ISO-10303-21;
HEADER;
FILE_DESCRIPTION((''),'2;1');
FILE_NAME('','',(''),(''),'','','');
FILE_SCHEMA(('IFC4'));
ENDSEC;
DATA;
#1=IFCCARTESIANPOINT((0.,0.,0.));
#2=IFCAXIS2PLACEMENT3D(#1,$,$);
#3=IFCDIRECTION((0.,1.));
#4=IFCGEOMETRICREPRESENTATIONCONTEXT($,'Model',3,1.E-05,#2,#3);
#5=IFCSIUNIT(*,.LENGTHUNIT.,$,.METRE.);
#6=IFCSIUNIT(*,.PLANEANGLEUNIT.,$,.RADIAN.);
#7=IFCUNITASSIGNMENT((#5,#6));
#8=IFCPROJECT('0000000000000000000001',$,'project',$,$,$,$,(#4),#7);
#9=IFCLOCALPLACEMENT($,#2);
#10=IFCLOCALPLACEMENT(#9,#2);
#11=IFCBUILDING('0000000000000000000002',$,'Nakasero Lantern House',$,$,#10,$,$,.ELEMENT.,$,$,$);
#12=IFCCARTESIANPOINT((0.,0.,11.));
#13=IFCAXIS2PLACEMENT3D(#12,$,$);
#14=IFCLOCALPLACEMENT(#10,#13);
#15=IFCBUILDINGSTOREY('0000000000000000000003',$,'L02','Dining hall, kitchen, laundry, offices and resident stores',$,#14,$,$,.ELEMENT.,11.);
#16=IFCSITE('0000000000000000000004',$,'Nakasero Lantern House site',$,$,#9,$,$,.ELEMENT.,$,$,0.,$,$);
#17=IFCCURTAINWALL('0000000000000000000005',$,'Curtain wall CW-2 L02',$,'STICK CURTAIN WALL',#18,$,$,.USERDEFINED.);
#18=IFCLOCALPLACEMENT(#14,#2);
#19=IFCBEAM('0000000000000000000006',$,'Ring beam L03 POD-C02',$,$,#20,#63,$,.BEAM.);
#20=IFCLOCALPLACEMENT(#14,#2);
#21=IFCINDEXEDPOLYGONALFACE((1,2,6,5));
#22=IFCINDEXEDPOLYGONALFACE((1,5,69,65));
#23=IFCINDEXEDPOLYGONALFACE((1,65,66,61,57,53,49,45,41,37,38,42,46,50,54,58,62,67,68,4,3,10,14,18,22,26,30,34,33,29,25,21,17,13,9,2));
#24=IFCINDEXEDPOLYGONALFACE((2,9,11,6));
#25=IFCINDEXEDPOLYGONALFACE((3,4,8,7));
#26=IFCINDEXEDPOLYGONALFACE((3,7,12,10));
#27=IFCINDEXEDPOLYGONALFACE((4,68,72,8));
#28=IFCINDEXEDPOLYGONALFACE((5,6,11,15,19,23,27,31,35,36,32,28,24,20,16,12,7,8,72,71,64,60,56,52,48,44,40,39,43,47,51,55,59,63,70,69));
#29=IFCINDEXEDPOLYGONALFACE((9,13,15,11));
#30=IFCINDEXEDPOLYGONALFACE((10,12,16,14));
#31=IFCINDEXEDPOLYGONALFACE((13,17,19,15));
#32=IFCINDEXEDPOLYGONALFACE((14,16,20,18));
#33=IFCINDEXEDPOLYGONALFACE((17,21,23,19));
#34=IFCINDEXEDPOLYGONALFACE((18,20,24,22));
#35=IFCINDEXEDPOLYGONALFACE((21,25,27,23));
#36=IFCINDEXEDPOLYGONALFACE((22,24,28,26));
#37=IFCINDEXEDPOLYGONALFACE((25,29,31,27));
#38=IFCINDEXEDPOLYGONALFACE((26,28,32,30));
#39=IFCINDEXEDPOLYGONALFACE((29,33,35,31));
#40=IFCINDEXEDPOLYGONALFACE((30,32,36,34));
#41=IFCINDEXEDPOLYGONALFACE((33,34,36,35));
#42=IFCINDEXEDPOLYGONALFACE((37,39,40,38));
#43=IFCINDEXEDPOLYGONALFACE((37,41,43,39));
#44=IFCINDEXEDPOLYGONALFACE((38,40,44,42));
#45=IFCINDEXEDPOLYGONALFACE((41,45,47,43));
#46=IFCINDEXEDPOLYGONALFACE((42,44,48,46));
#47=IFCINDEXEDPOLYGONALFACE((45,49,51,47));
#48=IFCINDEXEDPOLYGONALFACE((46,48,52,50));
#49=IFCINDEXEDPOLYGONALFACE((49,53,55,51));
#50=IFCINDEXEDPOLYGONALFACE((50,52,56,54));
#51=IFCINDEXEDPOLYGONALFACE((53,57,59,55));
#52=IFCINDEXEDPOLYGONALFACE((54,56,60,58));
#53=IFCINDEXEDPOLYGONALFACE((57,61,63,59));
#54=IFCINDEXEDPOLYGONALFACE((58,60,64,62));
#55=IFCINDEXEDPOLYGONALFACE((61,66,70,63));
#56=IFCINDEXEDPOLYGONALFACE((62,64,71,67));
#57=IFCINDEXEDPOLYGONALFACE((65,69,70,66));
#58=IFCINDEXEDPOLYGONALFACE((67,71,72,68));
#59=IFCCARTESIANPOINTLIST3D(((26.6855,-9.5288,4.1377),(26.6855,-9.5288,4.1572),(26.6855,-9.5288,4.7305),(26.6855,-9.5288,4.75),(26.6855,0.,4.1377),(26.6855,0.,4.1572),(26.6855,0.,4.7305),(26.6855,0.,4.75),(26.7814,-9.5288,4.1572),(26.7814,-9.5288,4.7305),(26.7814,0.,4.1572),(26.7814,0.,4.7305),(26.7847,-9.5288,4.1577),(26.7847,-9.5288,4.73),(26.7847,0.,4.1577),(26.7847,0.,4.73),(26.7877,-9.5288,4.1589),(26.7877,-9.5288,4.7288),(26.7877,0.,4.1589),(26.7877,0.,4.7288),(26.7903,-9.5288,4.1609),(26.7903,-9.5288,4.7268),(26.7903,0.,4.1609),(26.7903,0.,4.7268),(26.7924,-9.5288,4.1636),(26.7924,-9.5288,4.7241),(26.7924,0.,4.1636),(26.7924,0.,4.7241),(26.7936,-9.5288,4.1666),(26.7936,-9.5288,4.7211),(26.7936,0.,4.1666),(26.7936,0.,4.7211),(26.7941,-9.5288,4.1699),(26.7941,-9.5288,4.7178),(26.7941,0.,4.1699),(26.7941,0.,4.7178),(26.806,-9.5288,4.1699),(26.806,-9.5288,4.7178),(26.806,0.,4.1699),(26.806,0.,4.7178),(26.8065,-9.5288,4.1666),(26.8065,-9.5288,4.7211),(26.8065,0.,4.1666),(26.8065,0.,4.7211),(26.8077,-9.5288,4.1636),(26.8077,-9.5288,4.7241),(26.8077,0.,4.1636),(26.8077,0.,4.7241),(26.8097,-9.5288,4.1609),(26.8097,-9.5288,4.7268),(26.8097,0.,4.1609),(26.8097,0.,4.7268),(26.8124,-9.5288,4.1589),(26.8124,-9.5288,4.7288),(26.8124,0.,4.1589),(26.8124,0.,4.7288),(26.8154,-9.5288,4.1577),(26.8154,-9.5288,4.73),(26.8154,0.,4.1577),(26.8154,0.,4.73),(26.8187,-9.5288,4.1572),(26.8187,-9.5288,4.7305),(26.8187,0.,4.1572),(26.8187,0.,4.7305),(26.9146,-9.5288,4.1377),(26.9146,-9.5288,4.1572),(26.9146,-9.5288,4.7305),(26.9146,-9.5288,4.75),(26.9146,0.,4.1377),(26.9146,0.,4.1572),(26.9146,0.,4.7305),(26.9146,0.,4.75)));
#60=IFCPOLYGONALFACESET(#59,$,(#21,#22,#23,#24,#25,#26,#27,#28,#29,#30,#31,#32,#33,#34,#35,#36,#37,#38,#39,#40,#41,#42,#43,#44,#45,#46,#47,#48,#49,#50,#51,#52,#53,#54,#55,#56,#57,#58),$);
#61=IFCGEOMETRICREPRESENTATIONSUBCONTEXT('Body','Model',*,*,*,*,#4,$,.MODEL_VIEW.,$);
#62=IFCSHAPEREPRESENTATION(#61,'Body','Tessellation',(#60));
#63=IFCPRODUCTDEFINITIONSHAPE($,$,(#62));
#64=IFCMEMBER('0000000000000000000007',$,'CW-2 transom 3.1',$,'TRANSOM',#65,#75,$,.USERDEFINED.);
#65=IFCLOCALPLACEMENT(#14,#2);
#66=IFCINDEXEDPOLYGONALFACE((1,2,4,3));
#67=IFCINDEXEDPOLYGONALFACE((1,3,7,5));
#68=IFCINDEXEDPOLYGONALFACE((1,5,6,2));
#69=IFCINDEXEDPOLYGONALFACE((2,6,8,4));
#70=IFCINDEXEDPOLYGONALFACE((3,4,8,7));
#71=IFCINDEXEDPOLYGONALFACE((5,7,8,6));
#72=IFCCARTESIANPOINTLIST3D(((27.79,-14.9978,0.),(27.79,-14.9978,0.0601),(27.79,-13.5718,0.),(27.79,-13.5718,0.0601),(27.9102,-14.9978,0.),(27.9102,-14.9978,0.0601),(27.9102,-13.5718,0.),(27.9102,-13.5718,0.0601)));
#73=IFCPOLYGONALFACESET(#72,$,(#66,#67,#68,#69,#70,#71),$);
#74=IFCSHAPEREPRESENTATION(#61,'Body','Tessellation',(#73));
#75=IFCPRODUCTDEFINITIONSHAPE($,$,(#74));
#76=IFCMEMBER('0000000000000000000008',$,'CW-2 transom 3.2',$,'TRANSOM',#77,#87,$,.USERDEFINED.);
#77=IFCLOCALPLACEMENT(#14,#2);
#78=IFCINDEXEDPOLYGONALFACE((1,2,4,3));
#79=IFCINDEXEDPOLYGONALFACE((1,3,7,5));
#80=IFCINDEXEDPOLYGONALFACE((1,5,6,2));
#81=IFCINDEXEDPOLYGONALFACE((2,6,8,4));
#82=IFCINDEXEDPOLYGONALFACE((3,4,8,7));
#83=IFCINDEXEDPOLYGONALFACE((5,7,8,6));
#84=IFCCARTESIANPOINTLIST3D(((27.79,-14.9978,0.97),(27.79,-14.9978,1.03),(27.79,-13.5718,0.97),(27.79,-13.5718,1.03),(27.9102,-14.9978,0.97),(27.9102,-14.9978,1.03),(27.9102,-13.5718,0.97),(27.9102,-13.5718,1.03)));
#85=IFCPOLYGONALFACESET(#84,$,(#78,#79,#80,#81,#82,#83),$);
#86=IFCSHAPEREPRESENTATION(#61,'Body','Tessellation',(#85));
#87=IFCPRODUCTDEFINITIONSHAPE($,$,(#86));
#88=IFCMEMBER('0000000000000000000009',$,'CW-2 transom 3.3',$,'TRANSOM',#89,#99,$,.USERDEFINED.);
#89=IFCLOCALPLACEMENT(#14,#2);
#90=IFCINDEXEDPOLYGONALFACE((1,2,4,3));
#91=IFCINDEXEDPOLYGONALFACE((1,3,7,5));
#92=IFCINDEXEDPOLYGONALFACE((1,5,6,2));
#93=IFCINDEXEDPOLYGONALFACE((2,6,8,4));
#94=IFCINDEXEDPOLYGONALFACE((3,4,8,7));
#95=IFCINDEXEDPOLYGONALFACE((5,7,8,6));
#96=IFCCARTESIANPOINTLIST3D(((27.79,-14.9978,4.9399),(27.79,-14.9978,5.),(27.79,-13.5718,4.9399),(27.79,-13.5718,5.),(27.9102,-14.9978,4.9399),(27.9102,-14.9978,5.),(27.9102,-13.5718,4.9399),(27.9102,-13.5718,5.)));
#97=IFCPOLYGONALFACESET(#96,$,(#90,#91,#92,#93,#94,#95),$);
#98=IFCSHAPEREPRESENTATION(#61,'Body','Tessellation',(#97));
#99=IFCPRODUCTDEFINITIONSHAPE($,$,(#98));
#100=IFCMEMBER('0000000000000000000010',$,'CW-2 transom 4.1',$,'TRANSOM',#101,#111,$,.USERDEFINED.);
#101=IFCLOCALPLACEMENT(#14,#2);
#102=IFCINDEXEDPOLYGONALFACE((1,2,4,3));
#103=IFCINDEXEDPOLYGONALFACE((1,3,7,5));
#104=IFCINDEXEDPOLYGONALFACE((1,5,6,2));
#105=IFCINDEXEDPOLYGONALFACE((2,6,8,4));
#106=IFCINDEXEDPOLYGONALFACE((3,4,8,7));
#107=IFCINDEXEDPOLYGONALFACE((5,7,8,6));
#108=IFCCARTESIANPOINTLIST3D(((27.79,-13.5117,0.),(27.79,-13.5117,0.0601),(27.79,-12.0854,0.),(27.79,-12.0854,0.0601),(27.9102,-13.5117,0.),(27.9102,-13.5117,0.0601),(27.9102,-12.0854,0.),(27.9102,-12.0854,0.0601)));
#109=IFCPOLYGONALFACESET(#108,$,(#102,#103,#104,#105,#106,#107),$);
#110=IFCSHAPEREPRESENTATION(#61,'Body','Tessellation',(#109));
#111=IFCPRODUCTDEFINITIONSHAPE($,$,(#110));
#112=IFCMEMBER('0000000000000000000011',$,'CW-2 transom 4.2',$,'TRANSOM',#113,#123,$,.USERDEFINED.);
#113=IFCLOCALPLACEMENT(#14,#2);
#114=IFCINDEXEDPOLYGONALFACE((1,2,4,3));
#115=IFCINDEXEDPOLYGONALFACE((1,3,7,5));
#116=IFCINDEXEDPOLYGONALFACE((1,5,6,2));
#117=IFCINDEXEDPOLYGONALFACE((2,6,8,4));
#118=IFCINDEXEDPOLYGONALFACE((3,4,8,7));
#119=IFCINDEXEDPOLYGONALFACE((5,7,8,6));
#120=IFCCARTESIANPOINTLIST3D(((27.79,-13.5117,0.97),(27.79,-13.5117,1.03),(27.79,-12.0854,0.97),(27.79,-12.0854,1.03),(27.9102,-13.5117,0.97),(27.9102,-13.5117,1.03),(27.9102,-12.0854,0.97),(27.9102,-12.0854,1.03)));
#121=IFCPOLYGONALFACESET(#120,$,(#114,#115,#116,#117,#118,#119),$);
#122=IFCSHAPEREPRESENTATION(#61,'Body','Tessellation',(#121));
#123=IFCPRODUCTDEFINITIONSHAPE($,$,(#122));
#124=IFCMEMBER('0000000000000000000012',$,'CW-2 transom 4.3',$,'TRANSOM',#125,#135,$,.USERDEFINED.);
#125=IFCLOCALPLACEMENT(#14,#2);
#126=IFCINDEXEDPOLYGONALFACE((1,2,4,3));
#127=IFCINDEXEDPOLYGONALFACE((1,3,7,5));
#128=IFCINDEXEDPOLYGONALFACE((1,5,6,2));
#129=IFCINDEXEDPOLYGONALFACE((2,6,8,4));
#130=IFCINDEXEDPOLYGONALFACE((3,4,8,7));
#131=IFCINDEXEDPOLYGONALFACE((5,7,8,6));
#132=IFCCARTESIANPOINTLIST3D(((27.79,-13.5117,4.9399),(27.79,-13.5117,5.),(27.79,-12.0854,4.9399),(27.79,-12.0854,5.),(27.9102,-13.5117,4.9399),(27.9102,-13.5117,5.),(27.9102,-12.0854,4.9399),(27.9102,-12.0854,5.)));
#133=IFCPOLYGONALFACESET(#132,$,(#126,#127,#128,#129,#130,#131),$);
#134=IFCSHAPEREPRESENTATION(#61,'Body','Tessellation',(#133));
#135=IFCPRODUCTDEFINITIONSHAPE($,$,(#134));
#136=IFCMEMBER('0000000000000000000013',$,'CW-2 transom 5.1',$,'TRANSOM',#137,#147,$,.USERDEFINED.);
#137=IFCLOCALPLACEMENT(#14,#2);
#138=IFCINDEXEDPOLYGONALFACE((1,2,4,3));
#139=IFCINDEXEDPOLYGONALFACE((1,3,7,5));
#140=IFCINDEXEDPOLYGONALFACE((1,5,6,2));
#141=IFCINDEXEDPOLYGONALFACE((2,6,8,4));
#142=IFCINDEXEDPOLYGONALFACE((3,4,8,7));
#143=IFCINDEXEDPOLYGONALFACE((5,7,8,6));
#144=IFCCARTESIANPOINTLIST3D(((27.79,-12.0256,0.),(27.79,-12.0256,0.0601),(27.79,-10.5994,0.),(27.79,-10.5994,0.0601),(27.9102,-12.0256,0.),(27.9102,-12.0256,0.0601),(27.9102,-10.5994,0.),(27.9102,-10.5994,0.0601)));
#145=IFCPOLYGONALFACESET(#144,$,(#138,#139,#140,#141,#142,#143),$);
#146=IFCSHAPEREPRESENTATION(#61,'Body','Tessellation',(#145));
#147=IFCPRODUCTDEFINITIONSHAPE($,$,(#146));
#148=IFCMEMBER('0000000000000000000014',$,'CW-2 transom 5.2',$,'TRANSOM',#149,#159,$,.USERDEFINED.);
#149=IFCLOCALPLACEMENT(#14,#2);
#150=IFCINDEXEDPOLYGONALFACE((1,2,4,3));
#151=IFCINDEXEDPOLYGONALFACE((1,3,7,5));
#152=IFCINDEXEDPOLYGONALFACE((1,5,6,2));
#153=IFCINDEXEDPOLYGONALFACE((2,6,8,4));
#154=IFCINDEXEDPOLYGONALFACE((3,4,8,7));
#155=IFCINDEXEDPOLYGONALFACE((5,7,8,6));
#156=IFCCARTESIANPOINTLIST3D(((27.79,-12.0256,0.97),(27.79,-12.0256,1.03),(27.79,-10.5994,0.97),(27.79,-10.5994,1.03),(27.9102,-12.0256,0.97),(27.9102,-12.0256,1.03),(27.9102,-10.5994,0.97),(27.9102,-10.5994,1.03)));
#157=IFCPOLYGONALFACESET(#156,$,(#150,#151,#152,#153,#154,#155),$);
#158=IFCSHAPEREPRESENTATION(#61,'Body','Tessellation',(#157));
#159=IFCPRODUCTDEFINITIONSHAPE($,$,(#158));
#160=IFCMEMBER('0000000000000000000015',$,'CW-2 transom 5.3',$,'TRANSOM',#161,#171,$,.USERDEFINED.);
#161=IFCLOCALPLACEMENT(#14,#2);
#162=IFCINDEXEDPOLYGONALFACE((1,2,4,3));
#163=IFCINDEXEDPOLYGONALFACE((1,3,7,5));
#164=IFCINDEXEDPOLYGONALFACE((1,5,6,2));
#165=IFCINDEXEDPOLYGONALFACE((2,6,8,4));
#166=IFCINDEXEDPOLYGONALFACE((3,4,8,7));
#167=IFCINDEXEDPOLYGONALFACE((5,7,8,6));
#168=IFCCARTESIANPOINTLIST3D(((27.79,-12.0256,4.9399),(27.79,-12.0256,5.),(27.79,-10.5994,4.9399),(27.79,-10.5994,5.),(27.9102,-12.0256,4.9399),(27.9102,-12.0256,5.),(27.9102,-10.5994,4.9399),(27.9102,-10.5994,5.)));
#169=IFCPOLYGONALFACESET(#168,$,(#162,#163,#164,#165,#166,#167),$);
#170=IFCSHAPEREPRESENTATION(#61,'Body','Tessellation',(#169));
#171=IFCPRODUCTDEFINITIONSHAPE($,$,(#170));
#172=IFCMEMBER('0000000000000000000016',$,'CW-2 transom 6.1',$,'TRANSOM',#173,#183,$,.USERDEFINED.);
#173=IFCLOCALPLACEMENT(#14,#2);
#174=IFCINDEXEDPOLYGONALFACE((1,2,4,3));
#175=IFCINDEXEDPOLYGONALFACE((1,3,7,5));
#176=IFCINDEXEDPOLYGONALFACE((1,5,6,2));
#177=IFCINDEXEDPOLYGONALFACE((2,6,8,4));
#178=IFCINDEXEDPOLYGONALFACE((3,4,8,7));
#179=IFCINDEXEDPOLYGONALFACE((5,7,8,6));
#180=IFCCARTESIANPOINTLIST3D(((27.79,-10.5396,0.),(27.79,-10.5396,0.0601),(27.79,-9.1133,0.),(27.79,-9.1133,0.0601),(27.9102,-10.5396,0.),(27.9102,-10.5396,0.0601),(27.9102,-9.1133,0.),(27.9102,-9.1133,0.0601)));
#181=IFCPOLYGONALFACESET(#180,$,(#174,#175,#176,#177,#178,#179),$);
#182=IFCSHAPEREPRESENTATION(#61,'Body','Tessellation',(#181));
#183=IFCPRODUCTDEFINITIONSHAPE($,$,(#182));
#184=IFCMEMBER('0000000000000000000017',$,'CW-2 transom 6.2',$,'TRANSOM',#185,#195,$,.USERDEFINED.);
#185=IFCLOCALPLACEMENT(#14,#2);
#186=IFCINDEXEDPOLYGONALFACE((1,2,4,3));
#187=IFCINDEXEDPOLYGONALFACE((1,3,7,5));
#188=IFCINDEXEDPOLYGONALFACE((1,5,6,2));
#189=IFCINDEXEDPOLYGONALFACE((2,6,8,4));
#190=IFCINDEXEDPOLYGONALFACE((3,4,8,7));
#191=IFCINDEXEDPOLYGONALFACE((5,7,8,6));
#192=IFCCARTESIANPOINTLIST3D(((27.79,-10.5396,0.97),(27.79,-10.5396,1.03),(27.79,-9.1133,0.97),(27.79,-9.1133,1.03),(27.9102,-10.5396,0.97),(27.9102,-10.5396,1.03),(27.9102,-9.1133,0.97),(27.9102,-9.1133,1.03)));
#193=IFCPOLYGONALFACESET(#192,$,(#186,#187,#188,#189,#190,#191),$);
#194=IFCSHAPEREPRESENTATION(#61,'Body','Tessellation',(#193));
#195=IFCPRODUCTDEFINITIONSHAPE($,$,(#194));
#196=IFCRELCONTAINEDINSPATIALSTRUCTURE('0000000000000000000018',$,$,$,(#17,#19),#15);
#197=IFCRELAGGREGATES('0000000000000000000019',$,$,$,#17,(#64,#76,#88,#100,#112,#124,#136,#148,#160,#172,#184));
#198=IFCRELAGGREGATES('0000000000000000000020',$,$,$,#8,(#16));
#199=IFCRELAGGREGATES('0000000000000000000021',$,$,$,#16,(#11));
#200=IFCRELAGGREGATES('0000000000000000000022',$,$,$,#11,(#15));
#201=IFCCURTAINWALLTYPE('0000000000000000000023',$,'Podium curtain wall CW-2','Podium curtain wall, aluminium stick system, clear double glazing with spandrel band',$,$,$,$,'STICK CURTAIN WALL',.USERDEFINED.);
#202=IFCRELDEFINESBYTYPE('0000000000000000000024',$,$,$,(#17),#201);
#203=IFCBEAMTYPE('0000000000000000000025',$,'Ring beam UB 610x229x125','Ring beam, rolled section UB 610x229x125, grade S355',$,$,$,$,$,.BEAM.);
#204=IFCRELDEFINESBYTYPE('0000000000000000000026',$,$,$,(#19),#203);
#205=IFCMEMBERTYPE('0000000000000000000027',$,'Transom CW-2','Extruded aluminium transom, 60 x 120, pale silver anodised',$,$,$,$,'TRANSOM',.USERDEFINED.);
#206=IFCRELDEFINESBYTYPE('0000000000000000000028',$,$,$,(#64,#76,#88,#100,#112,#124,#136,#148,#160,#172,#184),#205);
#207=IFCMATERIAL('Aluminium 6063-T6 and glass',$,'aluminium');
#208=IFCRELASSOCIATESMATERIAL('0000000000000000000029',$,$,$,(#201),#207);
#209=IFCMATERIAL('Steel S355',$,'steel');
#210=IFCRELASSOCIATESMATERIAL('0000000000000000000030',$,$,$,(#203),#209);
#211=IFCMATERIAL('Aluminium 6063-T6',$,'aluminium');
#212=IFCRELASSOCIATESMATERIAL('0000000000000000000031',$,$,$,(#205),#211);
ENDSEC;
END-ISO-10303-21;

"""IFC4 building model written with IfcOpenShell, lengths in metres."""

from ifc_helpers import new_model, si_unit, direction, frame, origin, origin_2d, place, context, subcontext, project, spatial, rectangle, i_section, extrude, material, material_profile, profile_set, type_object, element, aggregate, save


model = new_model("IFC4")

# Units and contexts
model_context = context("Model", 3, precision=1e-05, world=origin(), true_north=direction((0.0, 1.0)))
body_context = subcontext(model_context, "Body", "Model", "MODEL_VIEW")
ifc_project = project(units=[si_unit("LENGTHUNIT", "METRE"), si_unit("PLANEANGLEUNIT", "RADIAN")], contexts=[model_context])

# Site, building, storey
site_placement = place(None, origin())
site = spatial("IfcSite", under=ifc_project, at=site_placement, Name="Nakasero Lantern House site", CompositionType="ELEMENT", RefElevation=0.0)
building_placement = place(site_placement, origin())
building = spatial("IfcBuilding", under=site, at=building_placement, Name="Nakasero Lantern House", CompositionType="ELEMENT")
storey_placement = place(building_placement, frame((0.0, 0.0, 11.0)))
storey = spatial("IfcBuildingStorey", under=building, at=storey_placement, Name="L02", Description="Dining hall, kitchen, laundry, offices and resident stores", CompositionType="ELEMENT", Elevation=11.0)

# Curtain wall
ifc_material_1 = material(Name="Aluminium 6063-T6 and glass", Category="aluminium")
curtain_wall_type = type_object("IfcCurtainWallType", Name="Podium curtain wall CW-2", Description="Podium curtain wall, aluminium stick system, clear double glazing with spandrel band", ElementType="STICK CURTAIN WALL", PredefinedType="USERDEFINED", material=ifc_material_1)
curtain_wall_placement = place(storey_placement, origin())
curtain_wall = element("IfcCurtainWall", 1, at=curtain_wall_placement, inside=storey, type_object=curtain_wall_type, Name="Curtain wall CW-2 L02", ObjectType="STICK CURTAIN WALL", PredefinedType="USERDEFINED")

# Beam
ifc_material_2 = material(Name="Steel S355", Category="steel")
ifc_material_profile_1 = material_profile(ifc_material_2, i_section(OverallWidth=0.229, OverallDepth=0.6123, WebThickness=0.012, FlangeThickness=0.0195, FilletRadius=0.0127, at=origin_2d()), Name="UB 610x229x125")
ifc_profile_set_1 = profile_set([ifc_material_profile_1], Name="Steel S355")
beam_type_1 = type_object("IfcBeamType", Name="Ring beam UB 610x229x125", Description="Ring beam, rolled section UB 610x229x125, grade S355", PredefinedType="BEAM", material=ifc_profile_set_1)
beam_1_placement = place(storey_placement, frame((26.8, -9.5288, 4.4438), z_axis=(0.0, 1.0, 0.0), x_axis=(-1.0, 0.0, 0.0)))
element("IfcBeam", 2, at=beam_1_placement, inside=storey, type_object=beam_type_1, Name="Ring beam L03 POD-C02", PredefinedType="BEAM", context=body_context, shape_type="SweptSolid", body=[
    extrude(i_section(OverallWidth=0.229, OverallDepth=0.6123, WebThickness=0.012, FlangeThickness=0.0195, FilletRadius=0.0127, at=origin_2d()), origin(), (0.0, 0.0, 1.0), 9.5288),
])

# Members
ifc_material_3 = material(Name="Aluminium 6063-T6", Category="aluminium")
ifc_material_profile_2 = material_profile(ifc_material_3, rectangle(XDim=0.0601, YDim=0.1201, at=origin_2d()), Name="CW-2 transom 60x120")
ifc_profile_set_2 = profile_set([ifc_material_profile_2], Name="Aluminium 6063-T6")
member_type_1 = type_object("IfcMemberType", Name="Transom CW-2", Description="Extruded aluminium transom, 60 x 120, pale silver anodised", ElementType="TRANSOM", PredefinedType="USERDEFINED", material=ifc_profile_set_2)
member_1_placement = place(storey_placement, frame((27.8501, -14.9978, 0.03), z_axis=(0.0, 1.0, 0.0), x_axis=(0.0, 0.0, 1.0)))
member_1 = element("IfcMember", 3, at=member_1_placement, type_object=member_type_1, Name="CW-2 transom 3.1", ObjectType="TRANSOM", PredefinedType="USERDEFINED", context=body_context, shape_type="SweptSolid", body=[
    extrude(rectangle(XDim=0.0601, YDim=0.1201, at=origin_2d()), origin(), (0.0, 0.0, 1.0), 1.426),
])
member_2_placement = place(storey_placement, frame((27.8501, -14.9978, 1.0), z_axis=(0.0, 1.0, 0.0), x_axis=(0.0, 0.0, 1.0)))
member_2 = element("IfcMember", 4, at=member_2_placement, type_object=member_type_1, Name="CW-2 transom 3.2", ObjectType="TRANSOM", PredefinedType="USERDEFINED", context=body_context, shape_type="SweptSolid", body=[
    extrude(rectangle(XDim=0.0601, YDim=0.1201, at=origin_2d()), origin(), (0.0, 0.0, 1.0), 1.426),
])
member_3_placement = place(storey_placement, frame((27.8501, -14.9978, 4.97), z_axis=(0.0, 1.0, 0.0), x_axis=(0.0, 0.0, 1.0)))
member_3 = element("IfcMember", 5, at=member_3_placement, type_object=member_type_1, Name="CW-2 transom 3.3", ObjectType="TRANSOM", PredefinedType="USERDEFINED", context=body_context, shape_type="SweptSolid", body=[
    extrude(rectangle(XDim=0.0601, YDim=0.1201, at=origin_2d()), origin(), (0.0, 0.0, 1.0), 1.426),
])
member_4_placement = place(storey_placement, frame((27.8501, -13.5117, 0.03), z_axis=(0.0, 1.0, 0.0), x_axis=(0.0, 0.0, 1.0)))
member_4 = element("IfcMember", 6, at=member_4_placement, type_object=member_type_1, Name="CW-2 transom 4.1", ObjectType="TRANSOM", PredefinedType="USERDEFINED", context=body_context, shape_type="SweptSolid", body=[
    extrude(rectangle(XDim=0.0601, YDim=0.1201, at=origin_2d()), origin(), (0.0, 0.0, 1.0), 1.4263),
])
member_5_placement = place(storey_placement, frame((27.8501, -13.5117, 1.0), z_axis=(0.0, 1.0, 0.0), x_axis=(0.0, 0.0, 1.0)))
member_5 = element("IfcMember", 7, at=member_5_placement, type_object=member_type_1, Name="CW-2 transom 4.2", ObjectType="TRANSOM", PredefinedType="USERDEFINED", context=body_context, shape_type="SweptSolid", body=[
    extrude(rectangle(XDim=0.0601, YDim=0.1201, at=origin_2d()), origin(), (0.0, 0.0, 1.0), 1.4263),
])
member_6_placement = place(storey_placement, frame((27.8501, -13.5117, 4.97), z_axis=(0.0, 1.0, 0.0), x_axis=(0.0, 0.0, 1.0)))
member_6 = element("IfcMember", 8, at=member_6_placement, type_object=member_type_1, Name="CW-2 transom 4.3", ObjectType="TRANSOM", PredefinedType="USERDEFINED", context=body_context, shape_type="SweptSolid", body=[
    extrude(rectangle(XDim=0.0601, YDim=0.1201, at=origin_2d()), origin(), (0.0, 0.0, 1.0), 1.4263),
])
member_7_placement = place(storey_placement, frame((27.8501, -12.0256, 0.03), z_axis=(0.0, 1.0, 0.0), x_axis=(0.0, 0.0, 1.0)))
member_7 = element("IfcMember", 9, at=member_7_placement, type_object=member_type_1, Name="CW-2 transom 5.1", ObjectType="TRANSOM", PredefinedType="USERDEFINED", context=body_context, shape_type="SweptSolid", body=[
    extrude(rectangle(XDim=0.0601, YDim=0.1201, at=origin_2d()), origin(), (0.0, 0.0, 1.0), 1.4263),
])
member_8_placement = place(storey_placement, frame((27.8501, -12.0256, 1.0), z_axis=(0.0, 1.0, 0.0), x_axis=(0.0, 0.0, 1.0)))
member_8 = element("IfcMember", 10, at=member_8_placement, type_object=member_type_1, Name="CW-2 transom 5.2", ObjectType="TRANSOM", PredefinedType="USERDEFINED", context=body_context, shape_type="SweptSolid", body=[
    extrude(rectangle(XDim=0.0601, YDim=0.1201, at=origin_2d()), origin(), (0.0, 0.0, 1.0), 1.4263),
])
member_9_placement = place(storey_placement, frame((27.8501, -12.0256, 4.97), z_axis=(0.0, 1.0, 0.0), x_axis=(0.0, 0.0, 1.0)))
member_9 = element("IfcMember", 11, at=member_9_placement, type_object=member_type_1, Name="CW-2 transom 5.3", ObjectType="TRANSOM", PredefinedType="USERDEFINED", context=body_context, shape_type="SweptSolid", body=[
    extrude(rectangle(XDim=0.0601, YDim=0.1201, at=origin_2d()), origin(), (0.0, 0.0, 1.0), 1.4263),
])
member_10_placement = place(storey_placement, frame((27.8501, -10.5396, 0.03), z_axis=(0.0, 1.0, 0.0), x_axis=(0.0, 0.0, 1.0)))
member_10 = element("IfcMember", 12, at=member_10_placement, type_object=member_type_1, Name="CW-2 transom 6.1", ObjectType="TRANSOM", PredefinedType="USERDEFINED", context=body_context, shape_type="SweptSolid", body=[
    extrude(rectangle(XDim=0.0601, YDim=0.1201, at=origin_2d()), origin(), (0.0, 0.0, 1.0), 1.4263),
])
member_11_placement = place(storey_placement, frame((27.8501, -10.5396, 1.0), z_axis=(0.0, 1.0, 0.0), x_axis=(0.0, 0.0, 1.0)))
member_11 = element("IfcMember", 13, at=member_11_placement, type_object=member_type_1, Name="CW-2 transom 6.2", ObjectType="TRANSOM", PredefinedType="USERDEFINED", context=body_context, shape_type="SweptSolid", body=[
    extrude(rectangle(XDim=0.0601, YDim=0.1201, at=origin_2d()), origin(), (0.0, 0.0, 1.0), 1.4263),
])

aggregate(curtain_wall, [member_1, member_2, member_3, member_4, member_5, member_6, member_7, member_8, member_9, member_10, member_11])

save(model, "model.ifc")
